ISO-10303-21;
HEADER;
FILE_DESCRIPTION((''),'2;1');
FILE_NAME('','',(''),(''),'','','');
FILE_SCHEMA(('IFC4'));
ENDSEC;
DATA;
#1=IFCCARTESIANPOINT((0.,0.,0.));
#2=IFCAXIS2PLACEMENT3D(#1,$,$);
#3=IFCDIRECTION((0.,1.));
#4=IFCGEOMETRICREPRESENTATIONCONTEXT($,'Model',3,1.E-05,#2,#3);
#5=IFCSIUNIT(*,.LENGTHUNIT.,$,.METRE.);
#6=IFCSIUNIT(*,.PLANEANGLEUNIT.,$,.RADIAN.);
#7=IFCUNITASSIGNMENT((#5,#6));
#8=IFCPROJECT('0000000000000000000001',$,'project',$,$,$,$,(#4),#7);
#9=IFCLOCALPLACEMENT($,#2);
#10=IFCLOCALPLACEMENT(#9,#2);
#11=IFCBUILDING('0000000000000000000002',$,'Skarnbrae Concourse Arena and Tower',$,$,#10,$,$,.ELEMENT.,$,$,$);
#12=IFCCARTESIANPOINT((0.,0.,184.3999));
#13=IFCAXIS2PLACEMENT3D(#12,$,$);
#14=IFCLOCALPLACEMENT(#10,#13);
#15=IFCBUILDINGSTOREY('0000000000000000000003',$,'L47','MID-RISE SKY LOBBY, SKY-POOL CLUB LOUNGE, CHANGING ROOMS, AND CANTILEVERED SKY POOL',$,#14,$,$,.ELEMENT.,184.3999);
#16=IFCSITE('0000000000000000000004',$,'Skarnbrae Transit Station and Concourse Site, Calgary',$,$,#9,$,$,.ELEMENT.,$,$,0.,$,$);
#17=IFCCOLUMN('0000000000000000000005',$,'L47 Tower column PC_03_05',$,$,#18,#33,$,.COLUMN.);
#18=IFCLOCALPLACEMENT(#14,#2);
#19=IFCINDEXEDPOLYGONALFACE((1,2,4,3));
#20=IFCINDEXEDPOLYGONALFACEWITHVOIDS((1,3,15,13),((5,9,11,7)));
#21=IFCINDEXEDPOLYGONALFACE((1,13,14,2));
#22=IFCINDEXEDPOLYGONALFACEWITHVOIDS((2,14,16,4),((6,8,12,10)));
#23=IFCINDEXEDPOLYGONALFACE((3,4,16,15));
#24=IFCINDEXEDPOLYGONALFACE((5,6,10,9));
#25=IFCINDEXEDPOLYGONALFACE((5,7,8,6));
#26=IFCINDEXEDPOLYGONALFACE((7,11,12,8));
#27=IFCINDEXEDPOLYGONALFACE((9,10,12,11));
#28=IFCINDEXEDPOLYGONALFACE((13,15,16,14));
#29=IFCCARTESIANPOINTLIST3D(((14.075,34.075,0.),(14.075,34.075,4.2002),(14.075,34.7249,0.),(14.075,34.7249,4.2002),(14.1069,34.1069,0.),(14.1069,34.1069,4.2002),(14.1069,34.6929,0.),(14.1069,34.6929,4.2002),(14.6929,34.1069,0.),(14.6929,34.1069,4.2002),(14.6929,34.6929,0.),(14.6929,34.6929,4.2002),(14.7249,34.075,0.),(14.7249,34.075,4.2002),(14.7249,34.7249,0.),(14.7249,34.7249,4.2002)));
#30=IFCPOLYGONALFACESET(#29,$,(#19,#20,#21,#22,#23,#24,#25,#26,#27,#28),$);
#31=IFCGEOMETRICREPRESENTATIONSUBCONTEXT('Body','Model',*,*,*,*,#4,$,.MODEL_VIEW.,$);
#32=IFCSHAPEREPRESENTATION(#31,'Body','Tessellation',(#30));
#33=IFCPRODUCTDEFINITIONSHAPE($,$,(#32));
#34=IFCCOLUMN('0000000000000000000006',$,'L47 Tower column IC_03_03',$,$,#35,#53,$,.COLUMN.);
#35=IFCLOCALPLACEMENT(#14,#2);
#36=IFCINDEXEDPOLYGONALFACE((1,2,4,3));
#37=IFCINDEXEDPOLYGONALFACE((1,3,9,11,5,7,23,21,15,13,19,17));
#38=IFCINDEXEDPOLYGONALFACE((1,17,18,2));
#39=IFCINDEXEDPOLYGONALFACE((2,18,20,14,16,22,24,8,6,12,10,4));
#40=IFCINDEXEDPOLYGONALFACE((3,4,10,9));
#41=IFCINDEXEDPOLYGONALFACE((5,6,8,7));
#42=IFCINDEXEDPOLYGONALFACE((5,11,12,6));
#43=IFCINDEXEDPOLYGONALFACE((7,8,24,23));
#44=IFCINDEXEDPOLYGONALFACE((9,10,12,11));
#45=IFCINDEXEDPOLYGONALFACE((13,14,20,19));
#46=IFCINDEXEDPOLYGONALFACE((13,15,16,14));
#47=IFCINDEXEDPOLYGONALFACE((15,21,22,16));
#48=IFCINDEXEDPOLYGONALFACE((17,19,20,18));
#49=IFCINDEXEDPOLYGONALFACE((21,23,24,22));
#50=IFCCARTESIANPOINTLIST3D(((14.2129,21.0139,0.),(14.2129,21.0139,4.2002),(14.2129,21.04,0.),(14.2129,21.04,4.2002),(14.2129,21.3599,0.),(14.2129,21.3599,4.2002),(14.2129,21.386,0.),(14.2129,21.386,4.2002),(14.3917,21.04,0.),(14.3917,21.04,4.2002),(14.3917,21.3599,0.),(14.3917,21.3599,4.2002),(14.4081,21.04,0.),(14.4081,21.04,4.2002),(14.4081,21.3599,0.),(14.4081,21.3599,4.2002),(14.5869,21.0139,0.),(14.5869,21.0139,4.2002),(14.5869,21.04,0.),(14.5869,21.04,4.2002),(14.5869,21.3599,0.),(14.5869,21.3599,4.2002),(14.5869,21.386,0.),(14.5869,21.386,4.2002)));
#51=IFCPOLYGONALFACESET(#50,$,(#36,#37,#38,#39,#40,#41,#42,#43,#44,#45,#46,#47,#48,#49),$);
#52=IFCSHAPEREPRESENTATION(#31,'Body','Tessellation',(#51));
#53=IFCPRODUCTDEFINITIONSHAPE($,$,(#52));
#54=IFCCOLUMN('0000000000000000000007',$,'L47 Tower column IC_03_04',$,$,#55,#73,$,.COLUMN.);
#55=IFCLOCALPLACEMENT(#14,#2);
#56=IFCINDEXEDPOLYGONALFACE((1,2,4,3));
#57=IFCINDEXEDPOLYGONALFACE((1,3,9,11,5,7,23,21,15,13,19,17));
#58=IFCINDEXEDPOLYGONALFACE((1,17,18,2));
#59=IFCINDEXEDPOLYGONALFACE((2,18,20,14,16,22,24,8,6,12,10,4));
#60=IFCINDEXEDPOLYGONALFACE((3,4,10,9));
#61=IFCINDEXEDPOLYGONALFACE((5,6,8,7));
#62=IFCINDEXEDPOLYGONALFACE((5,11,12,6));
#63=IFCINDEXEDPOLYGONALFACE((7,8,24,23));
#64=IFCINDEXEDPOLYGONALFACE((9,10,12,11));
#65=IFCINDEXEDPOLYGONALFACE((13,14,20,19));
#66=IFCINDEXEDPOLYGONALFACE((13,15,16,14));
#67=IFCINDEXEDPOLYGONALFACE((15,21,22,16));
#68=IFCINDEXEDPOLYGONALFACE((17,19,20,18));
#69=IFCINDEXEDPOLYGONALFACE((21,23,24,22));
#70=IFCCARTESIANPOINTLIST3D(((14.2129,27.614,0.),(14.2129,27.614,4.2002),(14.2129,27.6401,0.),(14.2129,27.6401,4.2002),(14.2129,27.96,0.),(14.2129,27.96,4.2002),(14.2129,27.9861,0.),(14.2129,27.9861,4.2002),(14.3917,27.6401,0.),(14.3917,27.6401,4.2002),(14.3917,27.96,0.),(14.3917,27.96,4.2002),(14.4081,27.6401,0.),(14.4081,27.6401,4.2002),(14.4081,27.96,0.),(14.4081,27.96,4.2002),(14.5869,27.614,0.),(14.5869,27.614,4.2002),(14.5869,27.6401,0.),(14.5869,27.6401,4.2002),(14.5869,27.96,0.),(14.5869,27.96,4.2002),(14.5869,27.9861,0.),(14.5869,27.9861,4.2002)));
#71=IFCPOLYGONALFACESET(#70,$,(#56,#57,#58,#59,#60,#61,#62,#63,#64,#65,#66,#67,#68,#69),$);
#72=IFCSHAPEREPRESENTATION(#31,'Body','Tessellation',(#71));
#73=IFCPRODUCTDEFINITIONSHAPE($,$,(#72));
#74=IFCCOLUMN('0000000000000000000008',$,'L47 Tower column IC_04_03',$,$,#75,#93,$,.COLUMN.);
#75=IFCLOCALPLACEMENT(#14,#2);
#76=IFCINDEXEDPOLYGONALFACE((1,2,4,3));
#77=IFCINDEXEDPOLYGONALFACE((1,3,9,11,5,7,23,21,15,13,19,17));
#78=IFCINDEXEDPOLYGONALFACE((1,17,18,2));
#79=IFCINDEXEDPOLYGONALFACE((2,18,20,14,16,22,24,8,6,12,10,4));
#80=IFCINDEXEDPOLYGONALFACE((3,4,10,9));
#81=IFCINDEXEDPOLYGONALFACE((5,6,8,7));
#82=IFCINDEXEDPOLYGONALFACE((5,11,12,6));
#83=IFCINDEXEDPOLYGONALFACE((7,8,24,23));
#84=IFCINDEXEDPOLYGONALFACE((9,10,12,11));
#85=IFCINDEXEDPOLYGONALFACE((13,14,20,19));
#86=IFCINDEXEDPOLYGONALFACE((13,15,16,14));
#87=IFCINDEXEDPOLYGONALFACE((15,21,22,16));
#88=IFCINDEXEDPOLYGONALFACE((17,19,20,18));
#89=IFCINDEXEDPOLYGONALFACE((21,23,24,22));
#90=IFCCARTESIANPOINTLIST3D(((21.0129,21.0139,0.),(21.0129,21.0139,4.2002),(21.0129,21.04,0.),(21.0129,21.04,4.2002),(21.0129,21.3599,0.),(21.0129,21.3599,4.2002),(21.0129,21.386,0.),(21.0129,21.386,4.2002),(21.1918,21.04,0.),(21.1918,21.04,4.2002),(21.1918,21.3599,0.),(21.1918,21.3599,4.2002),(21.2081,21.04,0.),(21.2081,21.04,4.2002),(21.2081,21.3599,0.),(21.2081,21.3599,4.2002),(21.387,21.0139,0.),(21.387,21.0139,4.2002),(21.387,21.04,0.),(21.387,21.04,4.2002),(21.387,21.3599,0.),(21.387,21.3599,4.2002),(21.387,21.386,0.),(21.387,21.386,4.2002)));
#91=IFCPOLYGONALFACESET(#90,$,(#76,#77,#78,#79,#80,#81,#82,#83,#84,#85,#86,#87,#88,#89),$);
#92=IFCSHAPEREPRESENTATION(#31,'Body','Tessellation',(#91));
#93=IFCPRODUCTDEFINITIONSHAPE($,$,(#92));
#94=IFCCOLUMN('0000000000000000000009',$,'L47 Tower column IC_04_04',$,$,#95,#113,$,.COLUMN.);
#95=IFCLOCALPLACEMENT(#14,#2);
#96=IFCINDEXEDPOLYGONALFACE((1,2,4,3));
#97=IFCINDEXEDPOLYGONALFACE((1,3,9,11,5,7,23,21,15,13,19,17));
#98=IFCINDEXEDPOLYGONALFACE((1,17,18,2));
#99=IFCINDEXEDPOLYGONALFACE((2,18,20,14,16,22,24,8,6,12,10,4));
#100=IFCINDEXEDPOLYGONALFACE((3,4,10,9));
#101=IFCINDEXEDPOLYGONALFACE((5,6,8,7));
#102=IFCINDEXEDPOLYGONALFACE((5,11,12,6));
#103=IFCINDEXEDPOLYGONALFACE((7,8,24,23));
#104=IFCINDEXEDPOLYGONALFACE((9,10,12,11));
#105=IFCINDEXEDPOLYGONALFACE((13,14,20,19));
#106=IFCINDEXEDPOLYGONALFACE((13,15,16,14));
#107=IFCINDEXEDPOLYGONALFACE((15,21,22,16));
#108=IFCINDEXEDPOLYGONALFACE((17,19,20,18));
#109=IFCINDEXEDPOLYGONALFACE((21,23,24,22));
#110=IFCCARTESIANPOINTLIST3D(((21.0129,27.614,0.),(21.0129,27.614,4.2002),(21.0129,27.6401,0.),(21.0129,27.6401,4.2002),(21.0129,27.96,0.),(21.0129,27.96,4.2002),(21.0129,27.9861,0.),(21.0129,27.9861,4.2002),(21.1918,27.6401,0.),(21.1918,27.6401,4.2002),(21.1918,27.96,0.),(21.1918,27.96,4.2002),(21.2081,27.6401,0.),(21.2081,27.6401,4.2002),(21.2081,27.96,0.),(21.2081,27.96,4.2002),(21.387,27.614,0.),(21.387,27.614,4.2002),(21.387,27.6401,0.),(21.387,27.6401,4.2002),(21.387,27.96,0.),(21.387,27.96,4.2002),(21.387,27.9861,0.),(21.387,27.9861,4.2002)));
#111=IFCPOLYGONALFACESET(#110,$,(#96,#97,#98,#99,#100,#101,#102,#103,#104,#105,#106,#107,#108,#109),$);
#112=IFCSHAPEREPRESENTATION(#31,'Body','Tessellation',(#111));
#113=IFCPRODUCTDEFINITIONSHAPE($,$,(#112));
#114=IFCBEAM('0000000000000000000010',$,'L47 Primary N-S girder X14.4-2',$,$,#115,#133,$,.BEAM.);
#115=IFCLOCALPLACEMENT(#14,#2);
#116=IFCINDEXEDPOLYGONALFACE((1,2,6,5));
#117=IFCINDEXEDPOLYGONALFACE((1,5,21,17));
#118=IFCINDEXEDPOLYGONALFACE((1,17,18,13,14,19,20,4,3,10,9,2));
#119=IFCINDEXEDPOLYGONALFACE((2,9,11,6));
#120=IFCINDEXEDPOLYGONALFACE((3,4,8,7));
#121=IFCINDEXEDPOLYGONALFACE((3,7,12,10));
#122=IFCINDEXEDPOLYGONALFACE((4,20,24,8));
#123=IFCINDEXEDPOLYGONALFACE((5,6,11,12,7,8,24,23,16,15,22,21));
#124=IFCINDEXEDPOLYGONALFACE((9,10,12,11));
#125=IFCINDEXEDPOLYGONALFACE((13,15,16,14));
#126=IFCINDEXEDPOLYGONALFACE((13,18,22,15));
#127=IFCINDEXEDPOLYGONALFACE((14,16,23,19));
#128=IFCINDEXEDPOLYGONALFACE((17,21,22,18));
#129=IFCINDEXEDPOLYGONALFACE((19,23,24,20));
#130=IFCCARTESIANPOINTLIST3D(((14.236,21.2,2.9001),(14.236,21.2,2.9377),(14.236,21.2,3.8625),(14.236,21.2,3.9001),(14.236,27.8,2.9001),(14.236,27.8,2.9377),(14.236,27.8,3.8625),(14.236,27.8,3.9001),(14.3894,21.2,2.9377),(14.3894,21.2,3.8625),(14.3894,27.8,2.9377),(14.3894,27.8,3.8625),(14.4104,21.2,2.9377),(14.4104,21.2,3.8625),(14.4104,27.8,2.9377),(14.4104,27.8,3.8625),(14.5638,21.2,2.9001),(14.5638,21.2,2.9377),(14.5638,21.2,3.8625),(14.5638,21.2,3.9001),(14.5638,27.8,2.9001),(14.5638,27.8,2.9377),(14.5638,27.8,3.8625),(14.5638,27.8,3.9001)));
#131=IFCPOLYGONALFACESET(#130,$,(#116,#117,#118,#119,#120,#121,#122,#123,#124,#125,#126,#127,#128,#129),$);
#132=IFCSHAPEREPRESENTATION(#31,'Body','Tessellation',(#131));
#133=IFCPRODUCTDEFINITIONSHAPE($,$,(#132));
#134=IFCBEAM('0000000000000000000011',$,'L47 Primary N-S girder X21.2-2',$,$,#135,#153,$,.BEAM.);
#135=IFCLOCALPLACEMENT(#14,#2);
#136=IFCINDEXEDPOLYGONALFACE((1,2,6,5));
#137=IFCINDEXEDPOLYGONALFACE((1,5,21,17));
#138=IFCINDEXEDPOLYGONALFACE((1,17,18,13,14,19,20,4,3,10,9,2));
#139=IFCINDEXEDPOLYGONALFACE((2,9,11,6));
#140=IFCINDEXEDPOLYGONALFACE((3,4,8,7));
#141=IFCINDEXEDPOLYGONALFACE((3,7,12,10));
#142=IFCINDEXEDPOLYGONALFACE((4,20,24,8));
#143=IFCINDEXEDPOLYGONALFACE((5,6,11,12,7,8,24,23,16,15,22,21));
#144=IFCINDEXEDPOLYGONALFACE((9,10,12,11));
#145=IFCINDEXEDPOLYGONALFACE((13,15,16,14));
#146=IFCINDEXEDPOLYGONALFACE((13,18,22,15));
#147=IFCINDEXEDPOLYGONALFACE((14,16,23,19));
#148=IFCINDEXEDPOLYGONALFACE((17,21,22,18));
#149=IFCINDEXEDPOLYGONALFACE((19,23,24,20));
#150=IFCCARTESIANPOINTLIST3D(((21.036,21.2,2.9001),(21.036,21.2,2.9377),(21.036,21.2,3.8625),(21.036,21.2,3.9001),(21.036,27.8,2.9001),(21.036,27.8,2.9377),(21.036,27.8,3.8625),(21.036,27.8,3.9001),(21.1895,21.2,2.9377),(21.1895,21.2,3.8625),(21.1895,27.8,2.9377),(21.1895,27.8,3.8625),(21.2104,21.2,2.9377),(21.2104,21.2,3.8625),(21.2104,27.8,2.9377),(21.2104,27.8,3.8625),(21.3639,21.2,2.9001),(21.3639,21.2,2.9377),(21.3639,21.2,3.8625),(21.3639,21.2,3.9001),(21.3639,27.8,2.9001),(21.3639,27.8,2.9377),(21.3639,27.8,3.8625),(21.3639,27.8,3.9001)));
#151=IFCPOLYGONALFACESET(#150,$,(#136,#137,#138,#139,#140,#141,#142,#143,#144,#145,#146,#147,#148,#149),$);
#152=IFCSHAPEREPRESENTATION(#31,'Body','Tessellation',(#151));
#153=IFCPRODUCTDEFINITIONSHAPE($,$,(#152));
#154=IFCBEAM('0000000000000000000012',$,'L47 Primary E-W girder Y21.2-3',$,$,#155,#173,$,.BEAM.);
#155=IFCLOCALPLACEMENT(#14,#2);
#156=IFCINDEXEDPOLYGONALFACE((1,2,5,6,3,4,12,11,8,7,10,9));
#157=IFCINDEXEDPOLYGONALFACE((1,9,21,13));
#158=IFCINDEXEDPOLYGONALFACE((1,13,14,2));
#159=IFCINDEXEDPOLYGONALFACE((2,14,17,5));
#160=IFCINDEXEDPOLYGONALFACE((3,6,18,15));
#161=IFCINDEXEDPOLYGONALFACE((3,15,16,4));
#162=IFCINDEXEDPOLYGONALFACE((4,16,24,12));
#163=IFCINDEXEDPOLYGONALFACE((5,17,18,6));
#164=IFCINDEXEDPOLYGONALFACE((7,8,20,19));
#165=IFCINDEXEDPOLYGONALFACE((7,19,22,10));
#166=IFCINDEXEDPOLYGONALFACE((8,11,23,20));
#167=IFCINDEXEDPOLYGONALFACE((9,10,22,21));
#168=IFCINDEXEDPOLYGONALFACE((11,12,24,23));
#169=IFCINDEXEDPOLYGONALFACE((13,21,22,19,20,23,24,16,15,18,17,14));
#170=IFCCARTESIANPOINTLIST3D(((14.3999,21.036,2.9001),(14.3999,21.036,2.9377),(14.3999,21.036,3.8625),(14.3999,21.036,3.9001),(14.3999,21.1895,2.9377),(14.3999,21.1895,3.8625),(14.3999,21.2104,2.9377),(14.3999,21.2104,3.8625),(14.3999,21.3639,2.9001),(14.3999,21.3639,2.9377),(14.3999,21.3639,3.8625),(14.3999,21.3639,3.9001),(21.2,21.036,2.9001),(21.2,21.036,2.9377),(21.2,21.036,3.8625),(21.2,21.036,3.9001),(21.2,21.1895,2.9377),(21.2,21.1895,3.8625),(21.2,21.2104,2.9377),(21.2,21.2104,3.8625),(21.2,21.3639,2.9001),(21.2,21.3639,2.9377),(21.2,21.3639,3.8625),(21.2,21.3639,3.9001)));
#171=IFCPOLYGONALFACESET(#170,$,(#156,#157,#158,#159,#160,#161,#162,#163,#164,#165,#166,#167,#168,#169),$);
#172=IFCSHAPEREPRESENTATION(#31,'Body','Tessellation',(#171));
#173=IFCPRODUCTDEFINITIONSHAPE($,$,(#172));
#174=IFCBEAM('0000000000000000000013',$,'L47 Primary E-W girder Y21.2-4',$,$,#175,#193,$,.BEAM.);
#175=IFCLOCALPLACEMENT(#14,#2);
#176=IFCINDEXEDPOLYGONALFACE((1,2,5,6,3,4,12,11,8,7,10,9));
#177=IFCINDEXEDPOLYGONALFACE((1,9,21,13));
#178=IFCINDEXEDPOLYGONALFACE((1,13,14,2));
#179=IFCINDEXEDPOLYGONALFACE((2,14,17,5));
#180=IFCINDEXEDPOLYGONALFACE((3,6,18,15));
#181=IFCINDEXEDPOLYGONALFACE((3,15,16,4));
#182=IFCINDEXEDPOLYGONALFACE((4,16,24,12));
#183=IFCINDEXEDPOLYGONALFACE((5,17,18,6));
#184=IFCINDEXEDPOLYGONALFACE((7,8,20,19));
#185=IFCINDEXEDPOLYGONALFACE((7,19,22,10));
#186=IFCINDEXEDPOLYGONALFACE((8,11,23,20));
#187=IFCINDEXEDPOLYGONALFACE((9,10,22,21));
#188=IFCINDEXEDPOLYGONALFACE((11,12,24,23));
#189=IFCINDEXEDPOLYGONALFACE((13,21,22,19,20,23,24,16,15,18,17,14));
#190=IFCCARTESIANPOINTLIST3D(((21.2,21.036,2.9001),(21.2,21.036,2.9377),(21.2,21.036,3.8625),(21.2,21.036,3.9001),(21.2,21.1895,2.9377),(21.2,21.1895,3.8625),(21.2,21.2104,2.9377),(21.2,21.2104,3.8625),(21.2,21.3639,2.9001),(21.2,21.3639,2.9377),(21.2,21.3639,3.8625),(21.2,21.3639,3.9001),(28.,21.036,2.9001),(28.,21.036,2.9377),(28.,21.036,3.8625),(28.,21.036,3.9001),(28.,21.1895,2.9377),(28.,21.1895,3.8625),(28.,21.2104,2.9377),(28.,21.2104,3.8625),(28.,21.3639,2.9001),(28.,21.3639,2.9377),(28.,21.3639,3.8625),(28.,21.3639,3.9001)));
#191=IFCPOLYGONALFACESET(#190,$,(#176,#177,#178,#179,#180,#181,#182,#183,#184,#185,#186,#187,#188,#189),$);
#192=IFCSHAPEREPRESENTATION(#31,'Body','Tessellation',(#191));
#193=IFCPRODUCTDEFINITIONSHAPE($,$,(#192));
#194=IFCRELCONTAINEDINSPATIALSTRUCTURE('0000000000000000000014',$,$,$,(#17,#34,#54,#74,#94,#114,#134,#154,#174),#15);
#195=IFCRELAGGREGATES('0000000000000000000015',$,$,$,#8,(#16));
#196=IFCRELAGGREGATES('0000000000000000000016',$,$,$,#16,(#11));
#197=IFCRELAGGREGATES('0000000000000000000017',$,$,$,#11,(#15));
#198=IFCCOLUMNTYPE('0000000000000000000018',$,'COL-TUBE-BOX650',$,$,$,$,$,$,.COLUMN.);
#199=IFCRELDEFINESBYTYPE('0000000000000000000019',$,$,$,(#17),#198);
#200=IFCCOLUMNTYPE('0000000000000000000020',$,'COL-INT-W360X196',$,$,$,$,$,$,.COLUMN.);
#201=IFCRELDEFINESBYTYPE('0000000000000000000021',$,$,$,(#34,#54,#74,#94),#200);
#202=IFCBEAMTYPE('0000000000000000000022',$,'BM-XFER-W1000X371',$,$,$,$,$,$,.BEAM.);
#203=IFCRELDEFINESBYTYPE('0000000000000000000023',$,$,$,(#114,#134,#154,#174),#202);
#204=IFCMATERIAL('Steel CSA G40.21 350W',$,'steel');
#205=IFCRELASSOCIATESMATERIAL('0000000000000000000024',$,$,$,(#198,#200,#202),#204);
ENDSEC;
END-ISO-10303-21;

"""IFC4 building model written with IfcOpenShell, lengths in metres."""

from ifc_helpers import new_model, si_unit, direction, frame, origin, origin_2d, place, context, subcontext, project, spatial, hollow_rectangle, i_section, extrude, source, transform, mapped, material, material_profile, profile_set, type_object, element, save


model = new_model("IFC4")

# Units and contexts
model_context = context("Model", 3, precision=1e-05, world=origin(), true_north=direction((0.0, 1.0)))
body_context = subcontext(model_context, "Body", "Model", "MODEL_VIEW")
ifc_project = project(units=[si_unit("LENGTHUNIT", "METRE"), si_unit("PLANEANGLEUNIT", "RADIAN")], contexts=[model_context])

# Site, building, storey
site_placement = place(None, origin())
site = spatial("IfcSite", under=ifc_project, at=site_placement, Name="Skarnbrae Transit Station and Concourse Site, Calgary", CompositionType="ELEMENT", RefElevation=0.0)
building_placement = place(site_placement, origin())
building = spatial("IfcBuilding", under=site, at=building_placement, Name="Skarnbrae Concourse Arena and Tower", CompositionType="ELEMENT")
storey_placement = place(building_placement, frame((0.0, 0.0, 184.3999)))
storey = spatial("IfcBuildingStorey", under=building, at=storey_placement, Name="L47", Description="MID-RISE SKY LOBBY, SKY-POOL CLUB LOUNGE, CHANGING ROOMS, AND CANTILEVERED SKY POOL", CompositionType="ELEMENT", Elevation=184.3999)

# Columns
ifc_material_1 = material(Name="Steel CSA G40.21 350W", Category="steel")
ifc_material_profile_1 = material_profile(ifc_material_1, hollow_rectangle(XDim=0.6499, YDim=0.6499, WallThickness=0.032, at=origin_2d()), Name="BOX650X650X32")
ifc_profile_set_1 = profile_set([ifc_material_profile_1], Name="Steel CSA G40.21 350W")
column_type_1 = type_object("IfcColumnType", Name="COL-TUBE-BOX650", PredefinedType="COLUMN", material=ifc_profile_set_1)
shared_shape_1 = source(origin(), body_context, "Body", "SweptSolid", [
    extrude(hollow_rectangle(XDim=0.6499, YDim=0.6499, WallThickness=0.032, at=origin_2d()), origin(), (0.0, 0.0, 1.0), 4.2002),
])
column_placement = place(storey_placement, frame((14.3999, 34.3999, 0.0), z_axis=(0.0, 0.0, 1.0), x_axis=(1.0, 0.0, 0.0)))
element("IfcColumn", 1, at=column_placement, inside=storey, type_object=column_type_1, Name="L47 Tower column PC_03_05", PredefinedType="COLUMN", context=body_context, shape_type="MappedRepresentation", body=[
    mapped(shared_shape_1, transform((0.0, 0.0, 0.0))),
])
ifc_material_profile_2 = material_profile(ifc_material_1, i_section(OverallWidth=0.374, OverallDepth=0.3721, WebThickness=0.0164, FlangeThickness=0.0261, at=origin_2d()), Name="W360X196")
ifc_profile_set_2 = profile_set([ifc_material_profile_2], Name="Steel CSA G40.21 350W")
column_type_2 = type_object("IfcColumnType", Name="COL-INT-W360X196", PredefinedType="COLUMN", material=ifc_profile_set_2)
shared_shape_2 = source(origin(), body_context, "Body", "SweptSolid", [
    extrude(i_section(OverallWidth=0.374, OverallDepth=0.3721, WebThickness=0.0164, FlangeThickness=0.0261, at=origin_2d()), origin(), (0.0, 0.0, 1.0), 4.2002),
])
for number, where, z_axis, x_axis, name in (
    (2, (14.3999, 21.2, 0.0), (0.0, 0.0, 1.0), (1.0, 0.0, 0.0), "L47 Tower column IC_03_03"),
    (3, (14.3999, 27.8, 0.0), (0.0, 0.0, 1.0), (1.0, 0.0, 0.0), "L47 Tower column IC_03_04"),
    (4, (21.2, 21.2, 0.0), (0.0, 0.0, 1.0), (1.0, 0.0, 0.0), "L47 Tower column IC_04_03"),
    (5, (21.2, 27.8, 0.0), (0.0, 0.0, 1.0), (1.0, 0.0, 0.0), "L47 Tower column IC_04_04"),
):
    element("IfcColumn", number, at=place(storey_placement, frame(where, z_axis=z_axis, x_axis=x_axis)), inside=storey, type_object=column_type_2, Name=name, PredefinedType="COLUMN", context=body_context, shape_type="MappedRepresentation", body=[
        mapped(shared_shape_2, transform((0.0, 0.0, 0.0))),
    ])

# Beams
ifc_material_profile_3 = material_profile(ifc_material_1, i_section(OverallWidth=0.3279, OverallDepth=1.0, WebThickness=0.021, FlangeThickness=0.0376, at=origin_2d()), Name="W1000X371")
ifc_profile_set_3 = profile_set([ifc_material_profile_3], Name="Steel CSA G40.21 350W")
beam_type_1 = type_object("IfcBeamType", Name="BM-XFER-W1000X371", PredefinedType="BEAM", material=ifc_profile_set_3)
shared_shape_3 = source(origin(), body_context, "Body", "SweptSolid", [
    extrude(i_section(OverallWidth=0.3279, OverallDepth=1.0, WebThickness=0.021, FlangeThickness=0.0376, at=origin_2d()), origin(), (0.0, 0.0, 1.0), 6.6001),
])
for number, where, z_axis, x_axis, name in (
    (6, (14.3999, 21.2, 3.4001), (0.0, 1.0, 0.0), (-1.0, 0.0, 0.0), "L47 Primary N-S girder X14.4-2"),
    (7, (21.2, 21.2, 3.4001), (0.0, 1.0, 0.0), (-1.0, 0.0, 0.0), "L47 Primary N-S girder X21.2-2"),
):
    element("IfcBeam", number, at=place(storey_placement, frame(where, z_axis=z_axis, x_axis=x_axis)), inside=storey, type_object=beam_type_1, Name=name, PredefinedType="BEAM", context=body_context, shape_type="MappedRepresentation", body=[
        mapped(shared_shape_3, transform((0.0, 0.0, 0.0))),
    ])
shared_shape_4 = source(origin(), body_context, "Body", "SweptSolid", [
    extrude(i_section(OverallWidth=0.3279, OverallDepth=1.0, WebThickness=0.021, FlangeThickness=0.0376, at=origin_2d()), origin(), (0.0, 0.0, 1.0), 6.8),
])
for number, where, z_axis, x_axis, name in (
    (8, (14.3999, 21.2, 3.4001), (1.0, 0.0, 0.0), (0.0, 1.0, 0.0), "L47 Primary E-W girder Y21.2-3"),
    (9, (21.2, 21.2, 3.4001), (1.0, 0.0, 0.0), (0.0, 1.0, 0.0), "L47 Primary E-W girder Y21.2-4"),
):
    element("IfcBeam", number, at=place(storey_placement, frame(where, z_axis=z_axis, x_axis=x_axis)), inside=storey, type_object=beam_type_1, Name=name, PredefinedType="BEAM", context=body_context, shape_type="MappedRepresentation", body=[
        mapped(shared_shape_4, transform((0.0, 0.0, 0.0))),
    ])

save(model, "model.ifc")
